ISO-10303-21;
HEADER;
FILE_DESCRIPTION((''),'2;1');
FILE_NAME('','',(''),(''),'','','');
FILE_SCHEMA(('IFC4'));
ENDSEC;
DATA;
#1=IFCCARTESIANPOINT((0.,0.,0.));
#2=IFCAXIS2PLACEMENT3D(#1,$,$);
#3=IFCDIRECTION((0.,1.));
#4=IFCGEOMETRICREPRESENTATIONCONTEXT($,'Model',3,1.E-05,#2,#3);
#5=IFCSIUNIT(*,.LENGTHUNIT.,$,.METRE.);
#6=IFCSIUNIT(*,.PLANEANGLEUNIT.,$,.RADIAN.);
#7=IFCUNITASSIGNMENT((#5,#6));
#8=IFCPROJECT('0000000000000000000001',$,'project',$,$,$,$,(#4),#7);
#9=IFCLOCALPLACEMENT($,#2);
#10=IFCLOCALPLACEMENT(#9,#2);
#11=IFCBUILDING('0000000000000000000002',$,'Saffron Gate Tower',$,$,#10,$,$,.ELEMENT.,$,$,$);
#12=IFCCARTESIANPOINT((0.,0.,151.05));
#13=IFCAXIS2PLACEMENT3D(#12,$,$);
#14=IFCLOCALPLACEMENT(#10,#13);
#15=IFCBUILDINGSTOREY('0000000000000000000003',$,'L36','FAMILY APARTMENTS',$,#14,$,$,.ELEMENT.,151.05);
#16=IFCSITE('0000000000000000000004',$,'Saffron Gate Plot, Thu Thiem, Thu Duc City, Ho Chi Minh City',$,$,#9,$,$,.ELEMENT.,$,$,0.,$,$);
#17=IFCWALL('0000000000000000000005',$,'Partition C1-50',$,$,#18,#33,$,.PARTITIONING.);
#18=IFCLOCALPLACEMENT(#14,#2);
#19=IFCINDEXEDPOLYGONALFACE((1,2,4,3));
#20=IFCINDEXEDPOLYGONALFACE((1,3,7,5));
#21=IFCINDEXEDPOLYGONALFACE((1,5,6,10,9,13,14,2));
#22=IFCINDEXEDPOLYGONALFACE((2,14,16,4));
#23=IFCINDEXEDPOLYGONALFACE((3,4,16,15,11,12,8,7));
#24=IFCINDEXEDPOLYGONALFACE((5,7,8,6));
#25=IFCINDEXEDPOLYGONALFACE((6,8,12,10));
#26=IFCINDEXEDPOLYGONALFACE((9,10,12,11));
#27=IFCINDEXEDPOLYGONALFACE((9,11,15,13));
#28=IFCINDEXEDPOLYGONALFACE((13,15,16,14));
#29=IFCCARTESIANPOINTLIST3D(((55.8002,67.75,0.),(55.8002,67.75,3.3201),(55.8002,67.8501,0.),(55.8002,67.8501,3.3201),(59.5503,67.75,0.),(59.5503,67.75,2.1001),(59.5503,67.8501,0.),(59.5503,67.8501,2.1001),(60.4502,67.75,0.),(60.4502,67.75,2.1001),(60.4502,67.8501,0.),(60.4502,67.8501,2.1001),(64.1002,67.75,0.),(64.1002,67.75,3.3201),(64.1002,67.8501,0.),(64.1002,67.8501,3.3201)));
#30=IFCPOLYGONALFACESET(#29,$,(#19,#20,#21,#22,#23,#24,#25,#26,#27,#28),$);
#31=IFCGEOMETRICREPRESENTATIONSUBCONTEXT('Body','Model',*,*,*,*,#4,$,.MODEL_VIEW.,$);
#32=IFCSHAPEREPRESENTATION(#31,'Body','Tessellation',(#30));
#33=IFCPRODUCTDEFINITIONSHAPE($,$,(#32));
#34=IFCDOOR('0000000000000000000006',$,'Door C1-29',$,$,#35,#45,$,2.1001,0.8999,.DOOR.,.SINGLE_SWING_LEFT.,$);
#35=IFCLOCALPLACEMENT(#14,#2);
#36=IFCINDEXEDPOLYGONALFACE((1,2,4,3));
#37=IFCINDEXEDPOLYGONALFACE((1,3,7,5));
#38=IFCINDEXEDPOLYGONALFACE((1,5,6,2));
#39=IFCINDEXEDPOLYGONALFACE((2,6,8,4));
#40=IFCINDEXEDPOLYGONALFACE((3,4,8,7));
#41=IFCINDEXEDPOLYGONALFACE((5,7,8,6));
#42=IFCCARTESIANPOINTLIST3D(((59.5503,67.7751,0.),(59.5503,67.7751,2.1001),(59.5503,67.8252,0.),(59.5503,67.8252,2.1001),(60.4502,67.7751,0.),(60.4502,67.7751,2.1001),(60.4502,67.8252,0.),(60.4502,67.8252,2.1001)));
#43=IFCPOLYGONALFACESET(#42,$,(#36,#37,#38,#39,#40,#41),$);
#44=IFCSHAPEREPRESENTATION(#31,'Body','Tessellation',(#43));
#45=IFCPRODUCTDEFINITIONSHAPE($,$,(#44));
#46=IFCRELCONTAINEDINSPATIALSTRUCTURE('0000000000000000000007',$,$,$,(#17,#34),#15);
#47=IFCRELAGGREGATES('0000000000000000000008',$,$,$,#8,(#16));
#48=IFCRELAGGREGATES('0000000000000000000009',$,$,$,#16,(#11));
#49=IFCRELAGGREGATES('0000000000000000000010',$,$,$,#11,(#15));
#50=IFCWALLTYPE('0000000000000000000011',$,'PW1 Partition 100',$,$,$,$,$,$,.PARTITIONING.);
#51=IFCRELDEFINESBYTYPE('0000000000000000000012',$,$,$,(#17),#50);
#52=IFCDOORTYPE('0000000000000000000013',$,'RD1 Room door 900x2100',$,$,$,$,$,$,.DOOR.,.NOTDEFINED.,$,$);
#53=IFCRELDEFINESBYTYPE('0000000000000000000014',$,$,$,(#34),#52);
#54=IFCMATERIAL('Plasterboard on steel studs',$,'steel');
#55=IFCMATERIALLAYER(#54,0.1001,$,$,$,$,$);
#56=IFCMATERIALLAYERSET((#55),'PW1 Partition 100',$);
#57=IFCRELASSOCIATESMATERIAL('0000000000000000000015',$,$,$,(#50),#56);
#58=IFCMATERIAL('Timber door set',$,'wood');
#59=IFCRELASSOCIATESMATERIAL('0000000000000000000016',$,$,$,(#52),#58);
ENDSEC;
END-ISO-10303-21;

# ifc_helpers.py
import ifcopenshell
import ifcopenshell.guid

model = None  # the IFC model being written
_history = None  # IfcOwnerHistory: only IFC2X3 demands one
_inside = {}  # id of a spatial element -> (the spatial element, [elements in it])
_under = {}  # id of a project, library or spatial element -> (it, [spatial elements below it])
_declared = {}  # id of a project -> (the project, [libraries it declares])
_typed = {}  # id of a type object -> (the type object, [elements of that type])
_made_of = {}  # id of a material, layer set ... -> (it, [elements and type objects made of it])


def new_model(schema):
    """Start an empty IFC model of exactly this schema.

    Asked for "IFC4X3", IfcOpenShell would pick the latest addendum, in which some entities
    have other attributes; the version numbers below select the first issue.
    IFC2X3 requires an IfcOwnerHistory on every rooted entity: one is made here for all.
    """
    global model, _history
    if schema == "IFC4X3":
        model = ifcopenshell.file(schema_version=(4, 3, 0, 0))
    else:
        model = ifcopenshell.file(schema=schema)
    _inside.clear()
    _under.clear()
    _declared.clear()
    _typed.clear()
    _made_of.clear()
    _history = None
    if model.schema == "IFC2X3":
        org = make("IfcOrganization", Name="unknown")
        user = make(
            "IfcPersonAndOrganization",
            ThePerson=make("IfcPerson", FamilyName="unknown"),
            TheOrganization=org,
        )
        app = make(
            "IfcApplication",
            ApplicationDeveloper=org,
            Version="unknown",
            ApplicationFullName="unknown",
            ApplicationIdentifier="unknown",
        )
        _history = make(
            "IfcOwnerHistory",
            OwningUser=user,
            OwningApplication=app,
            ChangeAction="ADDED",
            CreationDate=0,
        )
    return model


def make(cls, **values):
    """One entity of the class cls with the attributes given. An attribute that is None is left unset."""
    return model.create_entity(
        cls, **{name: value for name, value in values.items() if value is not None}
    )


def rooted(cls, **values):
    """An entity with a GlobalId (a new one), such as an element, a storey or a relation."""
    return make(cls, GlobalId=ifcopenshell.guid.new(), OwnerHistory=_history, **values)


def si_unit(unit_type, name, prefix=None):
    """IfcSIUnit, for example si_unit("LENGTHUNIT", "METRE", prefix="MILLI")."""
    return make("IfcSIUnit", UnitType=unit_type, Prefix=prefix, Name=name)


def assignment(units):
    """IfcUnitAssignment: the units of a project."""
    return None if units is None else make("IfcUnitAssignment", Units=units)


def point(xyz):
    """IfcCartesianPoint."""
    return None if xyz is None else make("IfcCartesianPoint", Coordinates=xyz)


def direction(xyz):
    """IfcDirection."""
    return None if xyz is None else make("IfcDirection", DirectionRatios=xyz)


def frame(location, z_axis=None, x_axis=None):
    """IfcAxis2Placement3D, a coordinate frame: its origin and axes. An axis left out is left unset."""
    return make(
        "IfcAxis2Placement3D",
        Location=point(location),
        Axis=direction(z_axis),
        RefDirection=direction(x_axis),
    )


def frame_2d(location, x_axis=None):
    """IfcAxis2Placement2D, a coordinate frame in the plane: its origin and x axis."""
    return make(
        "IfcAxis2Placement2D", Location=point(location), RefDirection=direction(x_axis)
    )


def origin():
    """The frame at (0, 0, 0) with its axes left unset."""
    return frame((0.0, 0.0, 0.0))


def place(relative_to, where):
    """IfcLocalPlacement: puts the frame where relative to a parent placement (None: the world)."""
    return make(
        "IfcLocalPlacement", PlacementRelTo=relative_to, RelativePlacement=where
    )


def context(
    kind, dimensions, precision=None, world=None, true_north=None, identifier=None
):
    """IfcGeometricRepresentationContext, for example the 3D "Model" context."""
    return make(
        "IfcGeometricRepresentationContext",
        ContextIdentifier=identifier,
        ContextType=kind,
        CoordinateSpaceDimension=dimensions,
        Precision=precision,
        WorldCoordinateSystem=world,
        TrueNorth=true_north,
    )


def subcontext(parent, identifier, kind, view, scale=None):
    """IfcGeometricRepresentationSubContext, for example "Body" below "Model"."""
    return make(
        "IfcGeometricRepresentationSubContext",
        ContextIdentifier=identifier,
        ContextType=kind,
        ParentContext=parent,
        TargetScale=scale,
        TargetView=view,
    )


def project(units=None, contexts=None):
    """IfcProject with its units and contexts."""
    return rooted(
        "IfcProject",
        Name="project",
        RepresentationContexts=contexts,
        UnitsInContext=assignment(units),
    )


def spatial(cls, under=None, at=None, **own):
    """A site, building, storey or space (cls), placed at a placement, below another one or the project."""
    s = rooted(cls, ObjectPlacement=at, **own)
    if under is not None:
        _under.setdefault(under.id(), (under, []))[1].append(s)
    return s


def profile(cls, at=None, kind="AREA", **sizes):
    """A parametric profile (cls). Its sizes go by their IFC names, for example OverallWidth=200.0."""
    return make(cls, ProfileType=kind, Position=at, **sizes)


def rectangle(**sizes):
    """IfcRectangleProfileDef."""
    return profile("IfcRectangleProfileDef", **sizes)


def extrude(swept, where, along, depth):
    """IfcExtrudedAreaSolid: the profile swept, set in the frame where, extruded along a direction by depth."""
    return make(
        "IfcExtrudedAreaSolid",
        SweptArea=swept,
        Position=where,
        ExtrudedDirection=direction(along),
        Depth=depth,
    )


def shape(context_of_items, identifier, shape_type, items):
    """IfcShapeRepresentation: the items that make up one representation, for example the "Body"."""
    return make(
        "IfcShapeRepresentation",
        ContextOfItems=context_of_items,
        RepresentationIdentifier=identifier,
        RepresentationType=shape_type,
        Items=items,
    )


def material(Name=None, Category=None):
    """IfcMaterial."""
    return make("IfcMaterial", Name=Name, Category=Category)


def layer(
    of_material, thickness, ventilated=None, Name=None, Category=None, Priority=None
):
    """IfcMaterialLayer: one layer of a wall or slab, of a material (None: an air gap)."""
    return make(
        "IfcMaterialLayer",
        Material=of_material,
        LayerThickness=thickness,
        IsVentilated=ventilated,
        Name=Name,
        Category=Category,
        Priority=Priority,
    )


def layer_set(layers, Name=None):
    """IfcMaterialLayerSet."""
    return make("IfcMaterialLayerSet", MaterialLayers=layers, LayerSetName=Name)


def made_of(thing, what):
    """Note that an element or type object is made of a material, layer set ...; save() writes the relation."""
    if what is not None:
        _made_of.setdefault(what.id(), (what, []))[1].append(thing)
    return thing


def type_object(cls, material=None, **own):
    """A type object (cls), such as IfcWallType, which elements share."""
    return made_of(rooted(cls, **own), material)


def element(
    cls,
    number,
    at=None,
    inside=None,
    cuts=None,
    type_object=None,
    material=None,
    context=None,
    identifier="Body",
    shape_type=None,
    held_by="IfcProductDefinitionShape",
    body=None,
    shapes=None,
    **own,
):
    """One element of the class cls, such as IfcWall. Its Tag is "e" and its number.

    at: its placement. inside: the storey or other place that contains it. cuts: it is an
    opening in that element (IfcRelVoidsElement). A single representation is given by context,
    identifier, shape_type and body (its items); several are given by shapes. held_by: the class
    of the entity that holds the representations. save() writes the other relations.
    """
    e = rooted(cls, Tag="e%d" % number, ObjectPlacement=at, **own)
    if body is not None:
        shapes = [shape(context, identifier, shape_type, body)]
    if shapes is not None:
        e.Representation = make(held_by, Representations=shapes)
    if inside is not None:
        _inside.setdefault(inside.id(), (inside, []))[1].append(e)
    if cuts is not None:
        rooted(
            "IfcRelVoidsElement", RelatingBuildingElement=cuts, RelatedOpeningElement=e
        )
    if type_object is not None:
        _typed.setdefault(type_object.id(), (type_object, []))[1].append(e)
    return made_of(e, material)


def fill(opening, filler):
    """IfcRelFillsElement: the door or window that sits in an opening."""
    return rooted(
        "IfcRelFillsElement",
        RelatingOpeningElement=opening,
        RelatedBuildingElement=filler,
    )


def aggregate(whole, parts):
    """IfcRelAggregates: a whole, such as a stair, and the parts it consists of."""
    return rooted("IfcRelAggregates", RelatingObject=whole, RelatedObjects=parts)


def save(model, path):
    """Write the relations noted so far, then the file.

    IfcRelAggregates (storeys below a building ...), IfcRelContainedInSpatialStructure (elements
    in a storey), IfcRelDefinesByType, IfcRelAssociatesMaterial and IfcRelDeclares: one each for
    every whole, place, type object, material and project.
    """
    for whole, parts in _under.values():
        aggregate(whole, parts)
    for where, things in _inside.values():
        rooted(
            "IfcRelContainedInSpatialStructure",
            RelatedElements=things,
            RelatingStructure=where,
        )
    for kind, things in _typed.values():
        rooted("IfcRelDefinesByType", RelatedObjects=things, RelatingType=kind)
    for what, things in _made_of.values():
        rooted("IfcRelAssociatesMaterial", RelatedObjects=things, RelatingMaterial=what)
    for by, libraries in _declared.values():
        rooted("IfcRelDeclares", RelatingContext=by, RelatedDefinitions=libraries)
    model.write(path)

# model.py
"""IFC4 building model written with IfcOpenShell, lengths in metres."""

from ifc_helpers import new_model, si_unit, direction, frame, frame_2d, origin, place, context, subcontext, project, spatial, rectangle, extrude, material, layer, layer_set, type_object, element, fill, save


model = new_model("IFC4")

# Units and contexts
model_context = context("Model", 3, precision=1e-05, world=origin(), true_north=direction((0.0, 1.0)))
body_context = subcontext(model_context, "Body", "Model", "MODEL_VIEW")
ifc_project = project(units=[si_unit("LENGTHUNIT", "METRE"), si_unit("PLANEANGLEUNIT", "RADIAN")], contexts=[model_context])

# Site, building, storey
site_placement = place(None, origin())
site = spatial("IfcSite", under=ifc_project, at=site_placement, Name="Saffron Gate Plot, Thu Thiem, Thu Duc City, Ho Chi Minh City", CompositionType="ELEMENT", RefElevation=0.0)
building_placement = place(site_placement, origin())
building = spatial("IfcBuilding", under=site, at=building_placement, Name="Saffron Gate Tower", CompositionType="ELEMENT")
storey_placement = place(building_placement, frame((0.0, 0.0, 151.05)))
storey = spatial("IfcBuildingStorey", under=building, at=storey_placement, Name="L36", Description="FAMILY APARTMENTS", CompositionType="ELEMENT", Elevation=151.05)

# Wall, opening, door
ifc_material_1 = material(Name="Plasterboard on steel studs", Category="steel")
ifc_layer_1 = layer(ifc_material_1, 0.1001)
ifc_layer_set_1 = layer_set([ifc_layer_1], Name="PW1 Partition 100")
wall_type_1 = type_object("IfcWallType", Name="PW1 Partition 100", PredefinedType="PARTITIONING", material=ifc_layer_set_1)
wall_1_placement = place(storey_placement, frame((64.1001, 67.8, 0.0), z_axis=(0.0, 0.0, 1.0), x_axis=(-1.0, 0.0, 0.0)))
wall_1 = element("IfcWall", 1, at=wall_1_placement, inside=storey, type_object=wall_type_1, Name="Partition C1-50", PredefinedType="PARTITIONING", context=body_context, shape_type="SweptSolid", body=[
    extrude(rectangle(XDim=8.3, YDim=0.1001, at=frame_2d((4.1499, 0.0))), origin(), (0.0, 0.0, 1.0), 3.3201),
])
opening_1_placement = place(wall_1_placement, frame((3.6499, 0.0, 0.0)))
opening_1 = element("IfcOpeningElement", 2, at=opening_1_placement, cuts=wall_1, PredefinedType="OPENING", context=body_context, shape_type="SweptSolid", body=[
    extrude(rectangle(XDim=0.8999, YDim=2.1001, at=frame_2d((0.45, 1.05))), frame((0.0, 0.0601, 0.0), z_axis=(0.0, -1.0, 0.0), x_axis=(1.0, 0.0, 0.0)), (0.0, 0.0, 1.0), 0.1201),
])
ifc_material_2 = material(Name="Timber door set", Category="wood")
door_type_1 = type_object("IfcDoorType", Name="RD1 Room door 900x2100", OperationType="NOTDEFINED", PredefinedType="DOOR", material=ifc_material_2)
door_1_placement = place(opening_1_placement, origin())
door_1 = element("IfcDoor", 3, at=door_1_placement, inside=storey, type_object=door_type_1, Name="Door C1-29", OperationType="SINGLE_SWING_LEFT", OverallHeight=2.1001, OverallWidth=0.8999, PredefinedType="DOOR", context=body_context, shape_type="SweptSolid", body=[
    extrude(rectangle(XDim=0.8999, YDim=2.1001, at=frame_2d((0.45, 1.05))), frame((0.0, 0.0249, 0.0), z_axis=(0.0, -1.0, 0.0), x_axis=(1.0, 0.0, 0.0)), (0.0, 0.0, 1.0), 0.05),
])
fill(opening_1, door_1)

save(model, "model.ifc")
